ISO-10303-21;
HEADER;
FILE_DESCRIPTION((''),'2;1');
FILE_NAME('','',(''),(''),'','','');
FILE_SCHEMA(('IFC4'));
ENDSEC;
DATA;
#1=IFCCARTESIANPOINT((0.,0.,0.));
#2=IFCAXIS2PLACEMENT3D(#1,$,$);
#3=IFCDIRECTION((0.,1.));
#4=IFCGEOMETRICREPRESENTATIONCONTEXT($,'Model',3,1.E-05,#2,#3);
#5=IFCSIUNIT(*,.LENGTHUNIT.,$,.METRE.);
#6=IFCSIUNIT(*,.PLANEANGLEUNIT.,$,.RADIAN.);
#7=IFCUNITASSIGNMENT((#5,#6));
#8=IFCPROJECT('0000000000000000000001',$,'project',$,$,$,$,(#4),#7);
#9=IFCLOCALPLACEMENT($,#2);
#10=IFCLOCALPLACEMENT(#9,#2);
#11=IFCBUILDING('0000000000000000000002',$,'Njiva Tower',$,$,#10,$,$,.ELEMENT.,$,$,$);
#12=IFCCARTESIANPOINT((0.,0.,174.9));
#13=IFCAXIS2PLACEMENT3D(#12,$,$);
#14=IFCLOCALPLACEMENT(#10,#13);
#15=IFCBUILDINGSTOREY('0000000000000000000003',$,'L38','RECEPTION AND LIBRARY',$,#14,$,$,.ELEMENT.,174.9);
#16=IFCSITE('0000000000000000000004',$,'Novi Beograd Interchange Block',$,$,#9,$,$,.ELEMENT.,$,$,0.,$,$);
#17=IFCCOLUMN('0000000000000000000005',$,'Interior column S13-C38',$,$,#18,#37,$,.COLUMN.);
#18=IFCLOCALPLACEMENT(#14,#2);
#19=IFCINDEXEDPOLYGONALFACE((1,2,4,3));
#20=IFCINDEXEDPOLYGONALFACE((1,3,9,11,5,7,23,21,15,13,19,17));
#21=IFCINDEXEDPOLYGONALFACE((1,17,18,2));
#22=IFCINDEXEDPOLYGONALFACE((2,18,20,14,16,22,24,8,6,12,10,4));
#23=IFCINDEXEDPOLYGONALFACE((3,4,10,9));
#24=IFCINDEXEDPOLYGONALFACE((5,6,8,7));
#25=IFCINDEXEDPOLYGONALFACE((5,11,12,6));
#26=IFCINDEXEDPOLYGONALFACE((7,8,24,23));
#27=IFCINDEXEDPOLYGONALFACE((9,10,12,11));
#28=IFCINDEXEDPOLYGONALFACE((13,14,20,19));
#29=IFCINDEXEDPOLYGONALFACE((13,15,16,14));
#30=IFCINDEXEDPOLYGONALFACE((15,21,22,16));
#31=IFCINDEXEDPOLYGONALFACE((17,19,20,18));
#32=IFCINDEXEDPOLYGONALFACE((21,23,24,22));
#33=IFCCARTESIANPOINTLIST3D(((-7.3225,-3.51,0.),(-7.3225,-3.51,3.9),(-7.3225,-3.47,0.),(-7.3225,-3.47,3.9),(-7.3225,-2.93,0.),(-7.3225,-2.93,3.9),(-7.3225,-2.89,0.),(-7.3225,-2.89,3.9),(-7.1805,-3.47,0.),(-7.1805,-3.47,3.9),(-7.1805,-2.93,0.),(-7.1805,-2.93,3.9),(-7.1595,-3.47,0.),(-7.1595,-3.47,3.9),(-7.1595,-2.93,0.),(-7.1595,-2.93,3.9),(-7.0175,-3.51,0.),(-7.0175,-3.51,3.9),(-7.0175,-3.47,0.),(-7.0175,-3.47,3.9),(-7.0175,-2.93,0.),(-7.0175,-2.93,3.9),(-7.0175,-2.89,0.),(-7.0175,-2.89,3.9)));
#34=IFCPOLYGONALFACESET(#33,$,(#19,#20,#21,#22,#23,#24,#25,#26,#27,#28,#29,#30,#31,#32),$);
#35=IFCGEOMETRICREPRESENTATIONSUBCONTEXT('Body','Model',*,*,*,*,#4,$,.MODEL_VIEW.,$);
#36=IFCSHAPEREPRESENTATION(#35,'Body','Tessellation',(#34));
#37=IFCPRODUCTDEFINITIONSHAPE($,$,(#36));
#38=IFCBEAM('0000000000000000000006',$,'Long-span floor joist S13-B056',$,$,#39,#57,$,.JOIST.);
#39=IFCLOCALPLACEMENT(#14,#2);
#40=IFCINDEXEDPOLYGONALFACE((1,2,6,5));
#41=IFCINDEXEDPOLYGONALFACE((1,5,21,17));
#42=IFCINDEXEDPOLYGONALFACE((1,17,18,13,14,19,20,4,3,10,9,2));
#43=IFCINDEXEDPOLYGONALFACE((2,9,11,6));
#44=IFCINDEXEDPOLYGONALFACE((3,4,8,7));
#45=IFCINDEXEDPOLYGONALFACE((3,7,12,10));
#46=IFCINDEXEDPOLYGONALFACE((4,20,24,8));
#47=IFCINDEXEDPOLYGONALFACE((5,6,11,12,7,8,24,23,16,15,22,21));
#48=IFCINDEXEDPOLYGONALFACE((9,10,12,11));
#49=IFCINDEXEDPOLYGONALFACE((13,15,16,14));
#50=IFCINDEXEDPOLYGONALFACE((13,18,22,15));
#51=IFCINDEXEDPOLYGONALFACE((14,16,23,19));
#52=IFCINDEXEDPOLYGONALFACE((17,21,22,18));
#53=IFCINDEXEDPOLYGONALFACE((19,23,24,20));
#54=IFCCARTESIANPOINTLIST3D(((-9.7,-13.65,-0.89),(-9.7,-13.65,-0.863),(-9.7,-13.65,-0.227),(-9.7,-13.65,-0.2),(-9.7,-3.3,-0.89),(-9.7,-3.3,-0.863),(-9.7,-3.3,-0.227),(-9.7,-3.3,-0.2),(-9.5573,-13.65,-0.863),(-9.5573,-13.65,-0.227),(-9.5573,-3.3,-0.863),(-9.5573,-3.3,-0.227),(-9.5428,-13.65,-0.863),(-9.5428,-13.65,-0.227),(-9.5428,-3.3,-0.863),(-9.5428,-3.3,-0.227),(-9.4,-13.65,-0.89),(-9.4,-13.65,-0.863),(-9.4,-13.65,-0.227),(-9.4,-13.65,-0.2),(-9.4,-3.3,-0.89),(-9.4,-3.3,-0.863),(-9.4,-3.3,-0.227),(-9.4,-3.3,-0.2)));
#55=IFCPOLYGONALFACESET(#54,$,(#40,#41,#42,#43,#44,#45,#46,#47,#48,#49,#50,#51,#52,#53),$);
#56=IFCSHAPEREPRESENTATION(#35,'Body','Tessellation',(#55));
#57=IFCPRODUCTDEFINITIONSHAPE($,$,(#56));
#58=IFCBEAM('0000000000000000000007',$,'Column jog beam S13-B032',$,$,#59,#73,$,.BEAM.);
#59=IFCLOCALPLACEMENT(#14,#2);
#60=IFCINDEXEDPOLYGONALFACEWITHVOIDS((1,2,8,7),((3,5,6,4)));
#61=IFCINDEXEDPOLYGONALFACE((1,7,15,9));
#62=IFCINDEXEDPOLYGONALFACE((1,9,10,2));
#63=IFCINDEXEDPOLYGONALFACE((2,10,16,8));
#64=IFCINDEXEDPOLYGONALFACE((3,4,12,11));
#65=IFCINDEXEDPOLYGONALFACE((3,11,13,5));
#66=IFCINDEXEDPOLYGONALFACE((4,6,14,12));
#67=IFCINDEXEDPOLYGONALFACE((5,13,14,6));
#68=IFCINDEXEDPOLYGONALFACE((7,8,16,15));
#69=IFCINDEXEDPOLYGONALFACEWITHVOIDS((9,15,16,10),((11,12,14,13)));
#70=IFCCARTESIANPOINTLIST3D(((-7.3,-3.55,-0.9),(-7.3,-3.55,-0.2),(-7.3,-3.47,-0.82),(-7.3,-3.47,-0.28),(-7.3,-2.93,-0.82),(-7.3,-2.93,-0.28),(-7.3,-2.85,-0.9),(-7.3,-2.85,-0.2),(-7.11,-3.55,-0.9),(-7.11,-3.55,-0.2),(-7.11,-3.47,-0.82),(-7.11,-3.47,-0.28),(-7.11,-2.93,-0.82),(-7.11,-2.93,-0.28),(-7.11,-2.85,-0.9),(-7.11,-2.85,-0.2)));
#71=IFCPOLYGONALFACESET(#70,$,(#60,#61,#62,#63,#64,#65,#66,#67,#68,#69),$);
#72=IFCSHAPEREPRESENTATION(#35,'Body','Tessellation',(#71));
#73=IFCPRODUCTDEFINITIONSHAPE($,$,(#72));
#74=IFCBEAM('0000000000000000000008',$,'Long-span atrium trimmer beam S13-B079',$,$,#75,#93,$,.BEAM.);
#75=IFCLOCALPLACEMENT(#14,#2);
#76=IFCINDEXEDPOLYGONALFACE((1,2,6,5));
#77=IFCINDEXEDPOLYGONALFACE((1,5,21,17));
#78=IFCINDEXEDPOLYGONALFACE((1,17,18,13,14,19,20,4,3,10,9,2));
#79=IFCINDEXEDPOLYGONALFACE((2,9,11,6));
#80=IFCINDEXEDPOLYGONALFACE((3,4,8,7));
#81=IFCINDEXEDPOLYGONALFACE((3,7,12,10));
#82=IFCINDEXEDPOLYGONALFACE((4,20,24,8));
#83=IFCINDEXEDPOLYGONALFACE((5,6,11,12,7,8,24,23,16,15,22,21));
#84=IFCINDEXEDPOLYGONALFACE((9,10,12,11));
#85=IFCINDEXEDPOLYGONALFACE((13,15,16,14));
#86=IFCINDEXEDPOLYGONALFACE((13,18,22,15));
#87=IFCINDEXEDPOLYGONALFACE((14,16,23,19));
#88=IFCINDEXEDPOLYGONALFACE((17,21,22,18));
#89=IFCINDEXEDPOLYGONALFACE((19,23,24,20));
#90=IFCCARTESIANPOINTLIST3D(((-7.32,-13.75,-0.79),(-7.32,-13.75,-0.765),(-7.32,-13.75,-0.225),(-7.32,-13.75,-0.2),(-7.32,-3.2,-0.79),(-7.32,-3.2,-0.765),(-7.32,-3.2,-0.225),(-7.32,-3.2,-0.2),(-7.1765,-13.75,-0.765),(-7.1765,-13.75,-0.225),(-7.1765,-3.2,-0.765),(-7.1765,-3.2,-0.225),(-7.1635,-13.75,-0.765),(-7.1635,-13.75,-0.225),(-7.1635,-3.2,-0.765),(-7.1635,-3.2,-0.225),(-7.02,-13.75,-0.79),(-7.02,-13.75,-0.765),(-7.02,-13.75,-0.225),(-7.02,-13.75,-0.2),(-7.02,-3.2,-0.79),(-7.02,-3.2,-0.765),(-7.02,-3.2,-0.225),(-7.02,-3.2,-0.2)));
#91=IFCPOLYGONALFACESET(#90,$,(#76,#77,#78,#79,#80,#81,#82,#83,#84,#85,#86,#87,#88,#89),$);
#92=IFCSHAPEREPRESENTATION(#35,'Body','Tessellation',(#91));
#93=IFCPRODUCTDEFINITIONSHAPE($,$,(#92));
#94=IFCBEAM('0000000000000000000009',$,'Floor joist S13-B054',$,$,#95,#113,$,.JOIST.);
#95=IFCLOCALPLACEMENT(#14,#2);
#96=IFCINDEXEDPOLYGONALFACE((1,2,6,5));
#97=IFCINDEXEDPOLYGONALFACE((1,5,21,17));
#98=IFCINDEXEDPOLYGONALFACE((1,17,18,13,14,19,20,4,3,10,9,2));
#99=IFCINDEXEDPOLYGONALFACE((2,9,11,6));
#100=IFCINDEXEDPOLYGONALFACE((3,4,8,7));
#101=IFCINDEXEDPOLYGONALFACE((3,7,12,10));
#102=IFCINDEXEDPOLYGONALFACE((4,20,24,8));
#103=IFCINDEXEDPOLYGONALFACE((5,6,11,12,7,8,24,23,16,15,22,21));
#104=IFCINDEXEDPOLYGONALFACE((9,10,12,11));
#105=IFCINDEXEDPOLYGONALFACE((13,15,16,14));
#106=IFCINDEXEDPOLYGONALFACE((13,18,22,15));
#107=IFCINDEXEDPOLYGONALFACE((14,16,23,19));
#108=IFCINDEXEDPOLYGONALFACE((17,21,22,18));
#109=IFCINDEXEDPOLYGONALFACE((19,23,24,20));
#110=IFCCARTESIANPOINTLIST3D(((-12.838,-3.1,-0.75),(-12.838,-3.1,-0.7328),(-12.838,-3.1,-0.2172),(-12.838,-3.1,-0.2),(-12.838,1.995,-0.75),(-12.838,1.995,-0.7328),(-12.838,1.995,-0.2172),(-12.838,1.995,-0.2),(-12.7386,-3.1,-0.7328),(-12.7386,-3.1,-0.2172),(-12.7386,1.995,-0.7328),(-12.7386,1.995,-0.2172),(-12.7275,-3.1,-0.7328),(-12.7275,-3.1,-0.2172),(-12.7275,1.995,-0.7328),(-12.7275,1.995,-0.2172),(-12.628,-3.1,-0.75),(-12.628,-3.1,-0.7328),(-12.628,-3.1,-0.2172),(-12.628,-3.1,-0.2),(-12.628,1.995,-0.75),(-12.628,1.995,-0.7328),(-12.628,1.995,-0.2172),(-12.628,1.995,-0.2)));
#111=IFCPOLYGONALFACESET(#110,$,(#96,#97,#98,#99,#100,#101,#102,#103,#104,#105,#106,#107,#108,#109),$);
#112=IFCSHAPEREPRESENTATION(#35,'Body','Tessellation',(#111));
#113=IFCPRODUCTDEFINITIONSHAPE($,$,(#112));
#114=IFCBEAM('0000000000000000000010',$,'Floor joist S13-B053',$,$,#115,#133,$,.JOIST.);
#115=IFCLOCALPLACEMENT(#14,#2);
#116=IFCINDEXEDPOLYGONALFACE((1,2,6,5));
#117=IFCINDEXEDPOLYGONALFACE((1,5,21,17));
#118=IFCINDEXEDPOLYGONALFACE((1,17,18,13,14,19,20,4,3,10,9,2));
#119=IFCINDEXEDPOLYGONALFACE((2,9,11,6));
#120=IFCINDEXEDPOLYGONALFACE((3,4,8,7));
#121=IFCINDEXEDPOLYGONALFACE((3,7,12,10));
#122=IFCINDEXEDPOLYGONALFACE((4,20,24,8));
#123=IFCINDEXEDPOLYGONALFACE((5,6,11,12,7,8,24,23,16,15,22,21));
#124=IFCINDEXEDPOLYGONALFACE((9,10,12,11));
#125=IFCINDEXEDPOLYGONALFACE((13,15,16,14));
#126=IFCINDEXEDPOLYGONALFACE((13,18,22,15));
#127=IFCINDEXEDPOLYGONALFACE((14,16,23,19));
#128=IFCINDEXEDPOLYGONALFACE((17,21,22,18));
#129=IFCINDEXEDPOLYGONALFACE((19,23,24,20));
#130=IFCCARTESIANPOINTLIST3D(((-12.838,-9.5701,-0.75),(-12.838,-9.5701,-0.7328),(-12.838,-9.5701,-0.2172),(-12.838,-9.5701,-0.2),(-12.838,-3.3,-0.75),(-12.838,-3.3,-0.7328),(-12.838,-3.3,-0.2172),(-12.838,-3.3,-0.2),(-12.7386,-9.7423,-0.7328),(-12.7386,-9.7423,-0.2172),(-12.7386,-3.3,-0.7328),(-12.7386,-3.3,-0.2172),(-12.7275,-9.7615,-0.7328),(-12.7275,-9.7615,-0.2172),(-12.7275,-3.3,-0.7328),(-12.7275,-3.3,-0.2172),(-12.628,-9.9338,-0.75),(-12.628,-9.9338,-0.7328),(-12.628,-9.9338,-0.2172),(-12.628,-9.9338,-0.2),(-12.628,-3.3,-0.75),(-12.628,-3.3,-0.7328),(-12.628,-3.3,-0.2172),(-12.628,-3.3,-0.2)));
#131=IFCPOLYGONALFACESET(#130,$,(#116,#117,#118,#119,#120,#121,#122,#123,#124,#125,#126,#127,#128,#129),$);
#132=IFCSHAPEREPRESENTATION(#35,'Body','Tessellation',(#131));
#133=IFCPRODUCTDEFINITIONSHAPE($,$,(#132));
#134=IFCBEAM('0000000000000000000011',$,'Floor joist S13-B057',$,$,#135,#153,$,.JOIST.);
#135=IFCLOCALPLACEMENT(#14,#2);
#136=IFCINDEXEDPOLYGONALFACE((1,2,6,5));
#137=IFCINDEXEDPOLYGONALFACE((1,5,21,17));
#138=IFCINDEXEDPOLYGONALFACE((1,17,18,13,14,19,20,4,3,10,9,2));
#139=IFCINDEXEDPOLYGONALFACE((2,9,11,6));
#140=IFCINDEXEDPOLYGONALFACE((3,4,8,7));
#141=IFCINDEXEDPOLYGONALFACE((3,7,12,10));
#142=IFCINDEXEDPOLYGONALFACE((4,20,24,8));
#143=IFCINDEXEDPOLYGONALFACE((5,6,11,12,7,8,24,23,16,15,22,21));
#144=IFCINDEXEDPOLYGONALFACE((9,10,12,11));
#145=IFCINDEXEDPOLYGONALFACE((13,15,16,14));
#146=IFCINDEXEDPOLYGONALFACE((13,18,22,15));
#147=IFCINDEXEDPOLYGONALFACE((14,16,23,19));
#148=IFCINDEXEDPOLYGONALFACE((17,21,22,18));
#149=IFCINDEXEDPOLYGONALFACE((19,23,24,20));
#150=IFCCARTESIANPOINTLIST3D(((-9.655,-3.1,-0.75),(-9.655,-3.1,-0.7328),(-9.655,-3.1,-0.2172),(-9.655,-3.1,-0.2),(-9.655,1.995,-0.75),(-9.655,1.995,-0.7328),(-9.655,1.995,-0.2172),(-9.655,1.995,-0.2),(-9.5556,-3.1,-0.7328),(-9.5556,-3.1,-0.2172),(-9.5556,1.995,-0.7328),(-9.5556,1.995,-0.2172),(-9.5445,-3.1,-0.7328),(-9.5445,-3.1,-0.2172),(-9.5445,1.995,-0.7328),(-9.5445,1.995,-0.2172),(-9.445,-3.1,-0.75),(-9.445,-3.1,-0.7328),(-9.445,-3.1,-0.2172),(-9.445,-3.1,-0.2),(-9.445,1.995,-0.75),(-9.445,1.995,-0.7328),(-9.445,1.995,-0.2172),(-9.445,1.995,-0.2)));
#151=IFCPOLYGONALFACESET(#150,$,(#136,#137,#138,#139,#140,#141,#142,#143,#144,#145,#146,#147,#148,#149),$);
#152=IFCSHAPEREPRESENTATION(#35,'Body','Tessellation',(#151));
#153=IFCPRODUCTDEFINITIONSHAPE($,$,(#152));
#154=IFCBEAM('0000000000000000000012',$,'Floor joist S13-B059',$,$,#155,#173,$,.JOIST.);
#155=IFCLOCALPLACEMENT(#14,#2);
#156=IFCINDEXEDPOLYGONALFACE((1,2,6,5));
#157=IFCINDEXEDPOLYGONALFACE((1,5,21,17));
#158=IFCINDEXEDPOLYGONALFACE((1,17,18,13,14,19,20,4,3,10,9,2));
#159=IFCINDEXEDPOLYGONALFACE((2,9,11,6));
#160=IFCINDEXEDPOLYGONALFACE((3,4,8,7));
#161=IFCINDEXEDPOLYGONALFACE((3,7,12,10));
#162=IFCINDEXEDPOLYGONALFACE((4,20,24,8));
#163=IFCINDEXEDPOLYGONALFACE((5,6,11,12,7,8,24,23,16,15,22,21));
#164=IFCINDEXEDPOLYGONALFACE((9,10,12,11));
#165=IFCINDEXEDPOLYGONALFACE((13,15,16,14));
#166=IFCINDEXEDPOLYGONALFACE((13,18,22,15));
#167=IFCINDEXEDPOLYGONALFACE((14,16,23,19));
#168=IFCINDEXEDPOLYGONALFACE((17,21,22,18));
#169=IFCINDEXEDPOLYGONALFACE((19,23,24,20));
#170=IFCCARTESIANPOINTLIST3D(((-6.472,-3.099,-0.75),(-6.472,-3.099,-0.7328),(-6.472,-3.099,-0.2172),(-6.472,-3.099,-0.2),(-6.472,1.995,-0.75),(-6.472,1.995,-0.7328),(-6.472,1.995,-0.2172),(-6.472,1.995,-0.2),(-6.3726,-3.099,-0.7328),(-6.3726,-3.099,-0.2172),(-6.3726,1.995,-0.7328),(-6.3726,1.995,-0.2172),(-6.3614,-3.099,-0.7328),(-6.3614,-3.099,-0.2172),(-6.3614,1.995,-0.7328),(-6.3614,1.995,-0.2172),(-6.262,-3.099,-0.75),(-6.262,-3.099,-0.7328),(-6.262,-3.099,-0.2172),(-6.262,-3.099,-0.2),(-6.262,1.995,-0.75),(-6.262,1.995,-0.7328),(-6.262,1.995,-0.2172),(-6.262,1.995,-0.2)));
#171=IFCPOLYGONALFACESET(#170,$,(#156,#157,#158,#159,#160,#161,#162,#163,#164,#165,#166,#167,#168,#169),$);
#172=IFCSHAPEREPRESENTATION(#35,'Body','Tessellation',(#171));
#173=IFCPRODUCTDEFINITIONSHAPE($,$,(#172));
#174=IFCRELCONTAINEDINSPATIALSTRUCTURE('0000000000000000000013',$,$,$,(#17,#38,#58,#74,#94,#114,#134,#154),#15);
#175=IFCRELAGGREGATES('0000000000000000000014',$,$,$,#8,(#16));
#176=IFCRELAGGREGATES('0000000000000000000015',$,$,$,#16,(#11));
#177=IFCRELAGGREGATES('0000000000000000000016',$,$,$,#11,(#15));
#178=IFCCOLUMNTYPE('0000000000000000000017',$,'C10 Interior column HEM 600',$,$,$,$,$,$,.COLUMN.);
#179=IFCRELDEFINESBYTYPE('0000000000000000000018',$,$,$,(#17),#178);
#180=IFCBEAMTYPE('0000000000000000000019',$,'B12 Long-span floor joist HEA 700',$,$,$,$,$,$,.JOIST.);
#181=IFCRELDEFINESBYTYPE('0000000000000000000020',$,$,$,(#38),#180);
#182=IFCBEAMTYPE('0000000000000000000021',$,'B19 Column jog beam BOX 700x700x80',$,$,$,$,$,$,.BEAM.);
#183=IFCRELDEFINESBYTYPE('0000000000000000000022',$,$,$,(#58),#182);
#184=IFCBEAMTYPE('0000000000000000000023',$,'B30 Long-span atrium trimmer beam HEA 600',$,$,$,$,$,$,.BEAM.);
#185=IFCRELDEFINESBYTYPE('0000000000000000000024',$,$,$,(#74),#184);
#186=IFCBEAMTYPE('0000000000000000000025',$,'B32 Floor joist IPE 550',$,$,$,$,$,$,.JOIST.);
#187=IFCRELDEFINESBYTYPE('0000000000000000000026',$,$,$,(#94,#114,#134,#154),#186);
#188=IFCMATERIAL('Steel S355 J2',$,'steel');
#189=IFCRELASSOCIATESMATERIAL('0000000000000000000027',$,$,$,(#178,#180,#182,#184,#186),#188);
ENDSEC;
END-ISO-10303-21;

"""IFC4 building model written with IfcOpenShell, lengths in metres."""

from ifc_helpers import new_model, si_unit, direction, frame, origin, origin_2d, place, context, subcontext, project, spatial, hollow_rectangle, i_section, extrude, clip, halfspace, material, material_profile, profile_set, type_object, element, save


model = new_model("IFC4")

# Units and contexts
model_context = context("Model", 3, precision=1e-05, world=origin(), true_north=direction((0.0, 1.0)))
body_context = subcontext(model_context, "Body", "Model", "MODEL_VIEW")
ifc_project = project(units=[si_unit("LENGTHUNIT", "METRE"), si_unit("PLANEANGLEUNIT", "RADIAN")], contexts=[model_context])

# Site, building, storey
site_placement = place(None, origin())
site = spatial("IfcSite", under=ifc_project, at=site_placement, Name="Novi Beograd Interchange Block", CompositionType="ELEMENT", RefElevation=0.0)
building_placement = place(site_placement, origin())
building = spatial("IfcBuilding", under=site, at=building_placement, Name="Njiva Tower", CompositionType="ELEMENT")
storey_placement = place(building_placement, frame((0.0, 0.0, 174.9)))
storey = spatial("IfcBuildingStorey", under=building, at=storey_placement, Name="L38", Description="RECEPTION AND LIBRARY", CompositionType="ELEMENT", Elevation=174.9)

# Column
ifc_material_1 = material(Name="Steel S355 J2", Category="steel")
ifc_material_profile_1 = material_profile(ifc_material_1, i_section(OverallWidth=0.305, OverallDepth=0.62, WebThickness=0.021, FlangeThickness=0.04, at=origin_2d()), Name="HEM 600")
ifc_profile_set_1 = profile_set([ifc_material_profile_1], Name="Steel S355 J2")
column_type = type_object("IfcColumnType", Name="C10 Interior column HEM 600", PredefinedType="COLUMN", material=ifc_profile_set_1)
column_placement = place(storey_placement, frame((-7.17, -3.2, 0.0), z_axis=(0.0, 0.0, 1.0), x_axis=(1.0, 0.0, 0.0)))
element("IfcColumn", 1, at=column_placement, inside=storey, type_object=column_type, Name="Interior column S13-C38", PredefinedType="COLUMN", context=body_context, shape_type="SweptSolid", body=[
    extrude(i_section(OverallWidth=0.305, OverallDepth=0.62, WebThickness=0.021, FlangeThickness=0.04, at=origin_2d()), origin(), (0.0, 0.0, 1.0), 3.9),
])

# Beams
ifc_material_profile_2 = material_profile(ifc_material_1, i_section(OverallWidth=0.3, OverallDepth=0.69, WebThickness=0.0145, FlangeThickness=0.027, at=origin_2d()), Name="HEA 700")
ifc_profile_set_2 = profile_set([ifc_material_profile_2], Name="Steel S355 J2")
beam_type_1 = type_object("IfcBeamType", Name="B12 Long-span floor joist HEA 700", PredefinedType="JOIST", material=ifc_profile_set_2)
beam_1_placement = place(storey_placement, frame((-9.55, -3.3, -0.545), z_axis=(0.0, -1.0, 0.0), x_axis=(1.0, 0.0, 0.0)))
element("IfcBeam", 2, at=beam_1_placement, inside=storey, type_object=beam_type_1, Name="Long-span floor joist S13-B056", PredefinedType="JOIST", context=body_context, shape_type="SweptSolid", body=[
    extrude(i_section(OverallWidth=0.3, OverallDepth=0.69, WebThickness=0.0145, FlangeThickness=0.027, at=origin_2d()), origin(), (0.0, 0.0, 1.0), 10.35),
])
ifc_material_profile_3 = material_profile(ifc_material_1, hollow_rectangle(XDim=0.7, YDim=0.7, WallThickness=0.08, at=origin_2d()), Name="BOX 700x700x80")
ifc_profile_set_3 = profile_set([ifc_material_profile_3], Name="Steel S355 J2")
beam_type_2 = type_object("IfcBeamType", Name="B19 Column jog beam BOX 700x700x80", PredefinedType="BEAM", material=ifc_profile_set_3)
beam_2_placement = place(storey_placement, frame((-7.3, -3.2, -0.55), z_axis=(1.0, 0.0, 0.0), x_axis=(0.0, 1.0, 0.0)))
element("IfcBeam", 3, at=beam_2_placement, inside=storey, type_object=beam_type_2, Name="Column jog beam S13-B032", PredefinedType="BEAM", context=body_context, shape_type="SweptSolid", body=[
    extrude(hollow_rectangle(XDim=0.7, YDim=0.7, WallThickness=0.08, at=origin_2d()), origin(), (0.0, 0.0, 1.0), 0.19),
])
ifc_material_profile_4 = material_profile(ifc_material_1, i_section(OverallWidth=0.3, OverallDepth=0.59, WebThickness=0.013, FlangeThickness=0.025, at=origin_2d()), Name="HEA 600")
ifc_profile_set_4 = profile_set([ifc_material_profile_4], Name="Steel S355 J2")
beam_type_3 = type_object("IfcBeamType", Name="B30 Long-span atrium trimmer beam HEA 600", PredefinedType="BEAM", material=ifc_profile_set_4)
beam_3_placement = place(storey_placement, frame((-7.17, -3.2, -0.495), z_axis=(0.0, -1.0, 0.0), x_axis=(1.0, 0.0, 0.0)))
element("IfcBeam", 4, at=beam_3_placement, inside=storey, type_object=beam_type_3, Name="Long-span atrium trimmer beam S13-B079", PredefinedType="BEAM", context=body_context, shape_type="SweptSolid", body=[
    extrude(i_section(OverallWidth=0.3, OverallDepth=0.59, WebThickness=0.013, FlangeThickness=0.025, at=origin_2d()), origin(), (0.0, 0.0, 1.0), 10.55),
])
ifc_material_profile_5 = material_profile(ifc_material_1, i_section(OverallWidth=0.21, OverallDepth=0.55, WebThickness=0.0111, FlangeThickness=0.0172, at=origin_2d()), Name="IPE 550")
ifc_profile_set_5 = profile_set([ifc_material_profile_5], Name="Steel S355 J2")
beam_type_4 = type_object("IfcBeamType", Name="B32 Floor joist IPE 550", PredefinedType="JOIST", material=ifc_profile_set_5)
beam_4_placement = place(storey_placement, frame((-12.733, 1.995, -0.475), z_axis=(0.0, -1.0, 0.0), x_axis=(1.0, 0.0, 0.0)))
element("IfcBeam", 5, at=beam_4_placement, inside=storey, type_object=beam_type_4, Name="Floor joist S13-B054", PredefinedType="JOIST", context=body_context, shape_type="SweptSolid", body=[
    extrude(i_section(OverallWidth=0.21, OverallDepth=0.55, WebThickness=0.0111, FlangeThickness=0.0172, at=origin_2d()), origin(), (0.0, 0.0, 1.0), 5.095),
])
beam_5_placement = place(storey_placement, frame((-12.733, -3.3, -0.475), z_axis=(0.0, -1.0, 0.0), x_axis=(1.0, 0.0, 0.0)))
element("IfcBeam", 6, at=beam_5_placement, inside=storey, type_object=beam_type_4, Name="Floor joist S13-B053", PredefinedType="JOIST", context=body_context, shape_type="Clipping", body=[
    clip(extrude(i_section(OverallWidth=0.21, OverallDepth=0.55, WebThickness=0.0111, FlangeThickness=0.0172, at=origin_2d()), origin(), (0.0, 0.0, 1.0), 6.653), halfspace(frame((-0.0436, 0.0, 6.3764), z_axis=(-0.866027, 0.0, 0.499998), x_axis=(0.0, 1.0, 0.0)), False)),
])
beam_6_placement = place(storey_placement, frame((-9.55, 1.995, -0.475), z_axis=(0.0, -1.0, 0.0), x_axis=(1.0, 0.0, 0.0)))
element("IfcBeam", 7, at=beam_6_placement, inside=storey, type_object=beam_type_4, Name="Floor joist S13-B057", PredefinedType="JOIST", context=body_context, shape_type="SweptSolid", body=[
    extrude(i_section(OverallWidth=0.21, OverallDepth=0.55, WebThickness=0.0111, FlangeThickness=0.0172, at=origin_2d()), origin(), (0.0, 0.0, 1.0), 5.095),
])
beam_7_placement = place(storey_placement, frame((-6.367, 1.995, -0.475), z_axis=(0.0, -1.0, 0.0), x_axis=(1.0, 0.0, 0.0)))
element("IfcBeam", 8, at=beam_7_placement, inside=storey, type_object=beam_type_4, Name="Floor joist S13-B059", PredefinedType="JOIST", context=body_context, shape_type="SweptSolid", body=[
    extrude(i_section(OverallWidth=0.21, OverallDepth=0.55, WebThickness=0.0111, FlangeThickness=0.0172, at=origin_2d()), origin(), (0.0, 0.0, 1.0), 5.094),
])

save(model, "model.ifc")
